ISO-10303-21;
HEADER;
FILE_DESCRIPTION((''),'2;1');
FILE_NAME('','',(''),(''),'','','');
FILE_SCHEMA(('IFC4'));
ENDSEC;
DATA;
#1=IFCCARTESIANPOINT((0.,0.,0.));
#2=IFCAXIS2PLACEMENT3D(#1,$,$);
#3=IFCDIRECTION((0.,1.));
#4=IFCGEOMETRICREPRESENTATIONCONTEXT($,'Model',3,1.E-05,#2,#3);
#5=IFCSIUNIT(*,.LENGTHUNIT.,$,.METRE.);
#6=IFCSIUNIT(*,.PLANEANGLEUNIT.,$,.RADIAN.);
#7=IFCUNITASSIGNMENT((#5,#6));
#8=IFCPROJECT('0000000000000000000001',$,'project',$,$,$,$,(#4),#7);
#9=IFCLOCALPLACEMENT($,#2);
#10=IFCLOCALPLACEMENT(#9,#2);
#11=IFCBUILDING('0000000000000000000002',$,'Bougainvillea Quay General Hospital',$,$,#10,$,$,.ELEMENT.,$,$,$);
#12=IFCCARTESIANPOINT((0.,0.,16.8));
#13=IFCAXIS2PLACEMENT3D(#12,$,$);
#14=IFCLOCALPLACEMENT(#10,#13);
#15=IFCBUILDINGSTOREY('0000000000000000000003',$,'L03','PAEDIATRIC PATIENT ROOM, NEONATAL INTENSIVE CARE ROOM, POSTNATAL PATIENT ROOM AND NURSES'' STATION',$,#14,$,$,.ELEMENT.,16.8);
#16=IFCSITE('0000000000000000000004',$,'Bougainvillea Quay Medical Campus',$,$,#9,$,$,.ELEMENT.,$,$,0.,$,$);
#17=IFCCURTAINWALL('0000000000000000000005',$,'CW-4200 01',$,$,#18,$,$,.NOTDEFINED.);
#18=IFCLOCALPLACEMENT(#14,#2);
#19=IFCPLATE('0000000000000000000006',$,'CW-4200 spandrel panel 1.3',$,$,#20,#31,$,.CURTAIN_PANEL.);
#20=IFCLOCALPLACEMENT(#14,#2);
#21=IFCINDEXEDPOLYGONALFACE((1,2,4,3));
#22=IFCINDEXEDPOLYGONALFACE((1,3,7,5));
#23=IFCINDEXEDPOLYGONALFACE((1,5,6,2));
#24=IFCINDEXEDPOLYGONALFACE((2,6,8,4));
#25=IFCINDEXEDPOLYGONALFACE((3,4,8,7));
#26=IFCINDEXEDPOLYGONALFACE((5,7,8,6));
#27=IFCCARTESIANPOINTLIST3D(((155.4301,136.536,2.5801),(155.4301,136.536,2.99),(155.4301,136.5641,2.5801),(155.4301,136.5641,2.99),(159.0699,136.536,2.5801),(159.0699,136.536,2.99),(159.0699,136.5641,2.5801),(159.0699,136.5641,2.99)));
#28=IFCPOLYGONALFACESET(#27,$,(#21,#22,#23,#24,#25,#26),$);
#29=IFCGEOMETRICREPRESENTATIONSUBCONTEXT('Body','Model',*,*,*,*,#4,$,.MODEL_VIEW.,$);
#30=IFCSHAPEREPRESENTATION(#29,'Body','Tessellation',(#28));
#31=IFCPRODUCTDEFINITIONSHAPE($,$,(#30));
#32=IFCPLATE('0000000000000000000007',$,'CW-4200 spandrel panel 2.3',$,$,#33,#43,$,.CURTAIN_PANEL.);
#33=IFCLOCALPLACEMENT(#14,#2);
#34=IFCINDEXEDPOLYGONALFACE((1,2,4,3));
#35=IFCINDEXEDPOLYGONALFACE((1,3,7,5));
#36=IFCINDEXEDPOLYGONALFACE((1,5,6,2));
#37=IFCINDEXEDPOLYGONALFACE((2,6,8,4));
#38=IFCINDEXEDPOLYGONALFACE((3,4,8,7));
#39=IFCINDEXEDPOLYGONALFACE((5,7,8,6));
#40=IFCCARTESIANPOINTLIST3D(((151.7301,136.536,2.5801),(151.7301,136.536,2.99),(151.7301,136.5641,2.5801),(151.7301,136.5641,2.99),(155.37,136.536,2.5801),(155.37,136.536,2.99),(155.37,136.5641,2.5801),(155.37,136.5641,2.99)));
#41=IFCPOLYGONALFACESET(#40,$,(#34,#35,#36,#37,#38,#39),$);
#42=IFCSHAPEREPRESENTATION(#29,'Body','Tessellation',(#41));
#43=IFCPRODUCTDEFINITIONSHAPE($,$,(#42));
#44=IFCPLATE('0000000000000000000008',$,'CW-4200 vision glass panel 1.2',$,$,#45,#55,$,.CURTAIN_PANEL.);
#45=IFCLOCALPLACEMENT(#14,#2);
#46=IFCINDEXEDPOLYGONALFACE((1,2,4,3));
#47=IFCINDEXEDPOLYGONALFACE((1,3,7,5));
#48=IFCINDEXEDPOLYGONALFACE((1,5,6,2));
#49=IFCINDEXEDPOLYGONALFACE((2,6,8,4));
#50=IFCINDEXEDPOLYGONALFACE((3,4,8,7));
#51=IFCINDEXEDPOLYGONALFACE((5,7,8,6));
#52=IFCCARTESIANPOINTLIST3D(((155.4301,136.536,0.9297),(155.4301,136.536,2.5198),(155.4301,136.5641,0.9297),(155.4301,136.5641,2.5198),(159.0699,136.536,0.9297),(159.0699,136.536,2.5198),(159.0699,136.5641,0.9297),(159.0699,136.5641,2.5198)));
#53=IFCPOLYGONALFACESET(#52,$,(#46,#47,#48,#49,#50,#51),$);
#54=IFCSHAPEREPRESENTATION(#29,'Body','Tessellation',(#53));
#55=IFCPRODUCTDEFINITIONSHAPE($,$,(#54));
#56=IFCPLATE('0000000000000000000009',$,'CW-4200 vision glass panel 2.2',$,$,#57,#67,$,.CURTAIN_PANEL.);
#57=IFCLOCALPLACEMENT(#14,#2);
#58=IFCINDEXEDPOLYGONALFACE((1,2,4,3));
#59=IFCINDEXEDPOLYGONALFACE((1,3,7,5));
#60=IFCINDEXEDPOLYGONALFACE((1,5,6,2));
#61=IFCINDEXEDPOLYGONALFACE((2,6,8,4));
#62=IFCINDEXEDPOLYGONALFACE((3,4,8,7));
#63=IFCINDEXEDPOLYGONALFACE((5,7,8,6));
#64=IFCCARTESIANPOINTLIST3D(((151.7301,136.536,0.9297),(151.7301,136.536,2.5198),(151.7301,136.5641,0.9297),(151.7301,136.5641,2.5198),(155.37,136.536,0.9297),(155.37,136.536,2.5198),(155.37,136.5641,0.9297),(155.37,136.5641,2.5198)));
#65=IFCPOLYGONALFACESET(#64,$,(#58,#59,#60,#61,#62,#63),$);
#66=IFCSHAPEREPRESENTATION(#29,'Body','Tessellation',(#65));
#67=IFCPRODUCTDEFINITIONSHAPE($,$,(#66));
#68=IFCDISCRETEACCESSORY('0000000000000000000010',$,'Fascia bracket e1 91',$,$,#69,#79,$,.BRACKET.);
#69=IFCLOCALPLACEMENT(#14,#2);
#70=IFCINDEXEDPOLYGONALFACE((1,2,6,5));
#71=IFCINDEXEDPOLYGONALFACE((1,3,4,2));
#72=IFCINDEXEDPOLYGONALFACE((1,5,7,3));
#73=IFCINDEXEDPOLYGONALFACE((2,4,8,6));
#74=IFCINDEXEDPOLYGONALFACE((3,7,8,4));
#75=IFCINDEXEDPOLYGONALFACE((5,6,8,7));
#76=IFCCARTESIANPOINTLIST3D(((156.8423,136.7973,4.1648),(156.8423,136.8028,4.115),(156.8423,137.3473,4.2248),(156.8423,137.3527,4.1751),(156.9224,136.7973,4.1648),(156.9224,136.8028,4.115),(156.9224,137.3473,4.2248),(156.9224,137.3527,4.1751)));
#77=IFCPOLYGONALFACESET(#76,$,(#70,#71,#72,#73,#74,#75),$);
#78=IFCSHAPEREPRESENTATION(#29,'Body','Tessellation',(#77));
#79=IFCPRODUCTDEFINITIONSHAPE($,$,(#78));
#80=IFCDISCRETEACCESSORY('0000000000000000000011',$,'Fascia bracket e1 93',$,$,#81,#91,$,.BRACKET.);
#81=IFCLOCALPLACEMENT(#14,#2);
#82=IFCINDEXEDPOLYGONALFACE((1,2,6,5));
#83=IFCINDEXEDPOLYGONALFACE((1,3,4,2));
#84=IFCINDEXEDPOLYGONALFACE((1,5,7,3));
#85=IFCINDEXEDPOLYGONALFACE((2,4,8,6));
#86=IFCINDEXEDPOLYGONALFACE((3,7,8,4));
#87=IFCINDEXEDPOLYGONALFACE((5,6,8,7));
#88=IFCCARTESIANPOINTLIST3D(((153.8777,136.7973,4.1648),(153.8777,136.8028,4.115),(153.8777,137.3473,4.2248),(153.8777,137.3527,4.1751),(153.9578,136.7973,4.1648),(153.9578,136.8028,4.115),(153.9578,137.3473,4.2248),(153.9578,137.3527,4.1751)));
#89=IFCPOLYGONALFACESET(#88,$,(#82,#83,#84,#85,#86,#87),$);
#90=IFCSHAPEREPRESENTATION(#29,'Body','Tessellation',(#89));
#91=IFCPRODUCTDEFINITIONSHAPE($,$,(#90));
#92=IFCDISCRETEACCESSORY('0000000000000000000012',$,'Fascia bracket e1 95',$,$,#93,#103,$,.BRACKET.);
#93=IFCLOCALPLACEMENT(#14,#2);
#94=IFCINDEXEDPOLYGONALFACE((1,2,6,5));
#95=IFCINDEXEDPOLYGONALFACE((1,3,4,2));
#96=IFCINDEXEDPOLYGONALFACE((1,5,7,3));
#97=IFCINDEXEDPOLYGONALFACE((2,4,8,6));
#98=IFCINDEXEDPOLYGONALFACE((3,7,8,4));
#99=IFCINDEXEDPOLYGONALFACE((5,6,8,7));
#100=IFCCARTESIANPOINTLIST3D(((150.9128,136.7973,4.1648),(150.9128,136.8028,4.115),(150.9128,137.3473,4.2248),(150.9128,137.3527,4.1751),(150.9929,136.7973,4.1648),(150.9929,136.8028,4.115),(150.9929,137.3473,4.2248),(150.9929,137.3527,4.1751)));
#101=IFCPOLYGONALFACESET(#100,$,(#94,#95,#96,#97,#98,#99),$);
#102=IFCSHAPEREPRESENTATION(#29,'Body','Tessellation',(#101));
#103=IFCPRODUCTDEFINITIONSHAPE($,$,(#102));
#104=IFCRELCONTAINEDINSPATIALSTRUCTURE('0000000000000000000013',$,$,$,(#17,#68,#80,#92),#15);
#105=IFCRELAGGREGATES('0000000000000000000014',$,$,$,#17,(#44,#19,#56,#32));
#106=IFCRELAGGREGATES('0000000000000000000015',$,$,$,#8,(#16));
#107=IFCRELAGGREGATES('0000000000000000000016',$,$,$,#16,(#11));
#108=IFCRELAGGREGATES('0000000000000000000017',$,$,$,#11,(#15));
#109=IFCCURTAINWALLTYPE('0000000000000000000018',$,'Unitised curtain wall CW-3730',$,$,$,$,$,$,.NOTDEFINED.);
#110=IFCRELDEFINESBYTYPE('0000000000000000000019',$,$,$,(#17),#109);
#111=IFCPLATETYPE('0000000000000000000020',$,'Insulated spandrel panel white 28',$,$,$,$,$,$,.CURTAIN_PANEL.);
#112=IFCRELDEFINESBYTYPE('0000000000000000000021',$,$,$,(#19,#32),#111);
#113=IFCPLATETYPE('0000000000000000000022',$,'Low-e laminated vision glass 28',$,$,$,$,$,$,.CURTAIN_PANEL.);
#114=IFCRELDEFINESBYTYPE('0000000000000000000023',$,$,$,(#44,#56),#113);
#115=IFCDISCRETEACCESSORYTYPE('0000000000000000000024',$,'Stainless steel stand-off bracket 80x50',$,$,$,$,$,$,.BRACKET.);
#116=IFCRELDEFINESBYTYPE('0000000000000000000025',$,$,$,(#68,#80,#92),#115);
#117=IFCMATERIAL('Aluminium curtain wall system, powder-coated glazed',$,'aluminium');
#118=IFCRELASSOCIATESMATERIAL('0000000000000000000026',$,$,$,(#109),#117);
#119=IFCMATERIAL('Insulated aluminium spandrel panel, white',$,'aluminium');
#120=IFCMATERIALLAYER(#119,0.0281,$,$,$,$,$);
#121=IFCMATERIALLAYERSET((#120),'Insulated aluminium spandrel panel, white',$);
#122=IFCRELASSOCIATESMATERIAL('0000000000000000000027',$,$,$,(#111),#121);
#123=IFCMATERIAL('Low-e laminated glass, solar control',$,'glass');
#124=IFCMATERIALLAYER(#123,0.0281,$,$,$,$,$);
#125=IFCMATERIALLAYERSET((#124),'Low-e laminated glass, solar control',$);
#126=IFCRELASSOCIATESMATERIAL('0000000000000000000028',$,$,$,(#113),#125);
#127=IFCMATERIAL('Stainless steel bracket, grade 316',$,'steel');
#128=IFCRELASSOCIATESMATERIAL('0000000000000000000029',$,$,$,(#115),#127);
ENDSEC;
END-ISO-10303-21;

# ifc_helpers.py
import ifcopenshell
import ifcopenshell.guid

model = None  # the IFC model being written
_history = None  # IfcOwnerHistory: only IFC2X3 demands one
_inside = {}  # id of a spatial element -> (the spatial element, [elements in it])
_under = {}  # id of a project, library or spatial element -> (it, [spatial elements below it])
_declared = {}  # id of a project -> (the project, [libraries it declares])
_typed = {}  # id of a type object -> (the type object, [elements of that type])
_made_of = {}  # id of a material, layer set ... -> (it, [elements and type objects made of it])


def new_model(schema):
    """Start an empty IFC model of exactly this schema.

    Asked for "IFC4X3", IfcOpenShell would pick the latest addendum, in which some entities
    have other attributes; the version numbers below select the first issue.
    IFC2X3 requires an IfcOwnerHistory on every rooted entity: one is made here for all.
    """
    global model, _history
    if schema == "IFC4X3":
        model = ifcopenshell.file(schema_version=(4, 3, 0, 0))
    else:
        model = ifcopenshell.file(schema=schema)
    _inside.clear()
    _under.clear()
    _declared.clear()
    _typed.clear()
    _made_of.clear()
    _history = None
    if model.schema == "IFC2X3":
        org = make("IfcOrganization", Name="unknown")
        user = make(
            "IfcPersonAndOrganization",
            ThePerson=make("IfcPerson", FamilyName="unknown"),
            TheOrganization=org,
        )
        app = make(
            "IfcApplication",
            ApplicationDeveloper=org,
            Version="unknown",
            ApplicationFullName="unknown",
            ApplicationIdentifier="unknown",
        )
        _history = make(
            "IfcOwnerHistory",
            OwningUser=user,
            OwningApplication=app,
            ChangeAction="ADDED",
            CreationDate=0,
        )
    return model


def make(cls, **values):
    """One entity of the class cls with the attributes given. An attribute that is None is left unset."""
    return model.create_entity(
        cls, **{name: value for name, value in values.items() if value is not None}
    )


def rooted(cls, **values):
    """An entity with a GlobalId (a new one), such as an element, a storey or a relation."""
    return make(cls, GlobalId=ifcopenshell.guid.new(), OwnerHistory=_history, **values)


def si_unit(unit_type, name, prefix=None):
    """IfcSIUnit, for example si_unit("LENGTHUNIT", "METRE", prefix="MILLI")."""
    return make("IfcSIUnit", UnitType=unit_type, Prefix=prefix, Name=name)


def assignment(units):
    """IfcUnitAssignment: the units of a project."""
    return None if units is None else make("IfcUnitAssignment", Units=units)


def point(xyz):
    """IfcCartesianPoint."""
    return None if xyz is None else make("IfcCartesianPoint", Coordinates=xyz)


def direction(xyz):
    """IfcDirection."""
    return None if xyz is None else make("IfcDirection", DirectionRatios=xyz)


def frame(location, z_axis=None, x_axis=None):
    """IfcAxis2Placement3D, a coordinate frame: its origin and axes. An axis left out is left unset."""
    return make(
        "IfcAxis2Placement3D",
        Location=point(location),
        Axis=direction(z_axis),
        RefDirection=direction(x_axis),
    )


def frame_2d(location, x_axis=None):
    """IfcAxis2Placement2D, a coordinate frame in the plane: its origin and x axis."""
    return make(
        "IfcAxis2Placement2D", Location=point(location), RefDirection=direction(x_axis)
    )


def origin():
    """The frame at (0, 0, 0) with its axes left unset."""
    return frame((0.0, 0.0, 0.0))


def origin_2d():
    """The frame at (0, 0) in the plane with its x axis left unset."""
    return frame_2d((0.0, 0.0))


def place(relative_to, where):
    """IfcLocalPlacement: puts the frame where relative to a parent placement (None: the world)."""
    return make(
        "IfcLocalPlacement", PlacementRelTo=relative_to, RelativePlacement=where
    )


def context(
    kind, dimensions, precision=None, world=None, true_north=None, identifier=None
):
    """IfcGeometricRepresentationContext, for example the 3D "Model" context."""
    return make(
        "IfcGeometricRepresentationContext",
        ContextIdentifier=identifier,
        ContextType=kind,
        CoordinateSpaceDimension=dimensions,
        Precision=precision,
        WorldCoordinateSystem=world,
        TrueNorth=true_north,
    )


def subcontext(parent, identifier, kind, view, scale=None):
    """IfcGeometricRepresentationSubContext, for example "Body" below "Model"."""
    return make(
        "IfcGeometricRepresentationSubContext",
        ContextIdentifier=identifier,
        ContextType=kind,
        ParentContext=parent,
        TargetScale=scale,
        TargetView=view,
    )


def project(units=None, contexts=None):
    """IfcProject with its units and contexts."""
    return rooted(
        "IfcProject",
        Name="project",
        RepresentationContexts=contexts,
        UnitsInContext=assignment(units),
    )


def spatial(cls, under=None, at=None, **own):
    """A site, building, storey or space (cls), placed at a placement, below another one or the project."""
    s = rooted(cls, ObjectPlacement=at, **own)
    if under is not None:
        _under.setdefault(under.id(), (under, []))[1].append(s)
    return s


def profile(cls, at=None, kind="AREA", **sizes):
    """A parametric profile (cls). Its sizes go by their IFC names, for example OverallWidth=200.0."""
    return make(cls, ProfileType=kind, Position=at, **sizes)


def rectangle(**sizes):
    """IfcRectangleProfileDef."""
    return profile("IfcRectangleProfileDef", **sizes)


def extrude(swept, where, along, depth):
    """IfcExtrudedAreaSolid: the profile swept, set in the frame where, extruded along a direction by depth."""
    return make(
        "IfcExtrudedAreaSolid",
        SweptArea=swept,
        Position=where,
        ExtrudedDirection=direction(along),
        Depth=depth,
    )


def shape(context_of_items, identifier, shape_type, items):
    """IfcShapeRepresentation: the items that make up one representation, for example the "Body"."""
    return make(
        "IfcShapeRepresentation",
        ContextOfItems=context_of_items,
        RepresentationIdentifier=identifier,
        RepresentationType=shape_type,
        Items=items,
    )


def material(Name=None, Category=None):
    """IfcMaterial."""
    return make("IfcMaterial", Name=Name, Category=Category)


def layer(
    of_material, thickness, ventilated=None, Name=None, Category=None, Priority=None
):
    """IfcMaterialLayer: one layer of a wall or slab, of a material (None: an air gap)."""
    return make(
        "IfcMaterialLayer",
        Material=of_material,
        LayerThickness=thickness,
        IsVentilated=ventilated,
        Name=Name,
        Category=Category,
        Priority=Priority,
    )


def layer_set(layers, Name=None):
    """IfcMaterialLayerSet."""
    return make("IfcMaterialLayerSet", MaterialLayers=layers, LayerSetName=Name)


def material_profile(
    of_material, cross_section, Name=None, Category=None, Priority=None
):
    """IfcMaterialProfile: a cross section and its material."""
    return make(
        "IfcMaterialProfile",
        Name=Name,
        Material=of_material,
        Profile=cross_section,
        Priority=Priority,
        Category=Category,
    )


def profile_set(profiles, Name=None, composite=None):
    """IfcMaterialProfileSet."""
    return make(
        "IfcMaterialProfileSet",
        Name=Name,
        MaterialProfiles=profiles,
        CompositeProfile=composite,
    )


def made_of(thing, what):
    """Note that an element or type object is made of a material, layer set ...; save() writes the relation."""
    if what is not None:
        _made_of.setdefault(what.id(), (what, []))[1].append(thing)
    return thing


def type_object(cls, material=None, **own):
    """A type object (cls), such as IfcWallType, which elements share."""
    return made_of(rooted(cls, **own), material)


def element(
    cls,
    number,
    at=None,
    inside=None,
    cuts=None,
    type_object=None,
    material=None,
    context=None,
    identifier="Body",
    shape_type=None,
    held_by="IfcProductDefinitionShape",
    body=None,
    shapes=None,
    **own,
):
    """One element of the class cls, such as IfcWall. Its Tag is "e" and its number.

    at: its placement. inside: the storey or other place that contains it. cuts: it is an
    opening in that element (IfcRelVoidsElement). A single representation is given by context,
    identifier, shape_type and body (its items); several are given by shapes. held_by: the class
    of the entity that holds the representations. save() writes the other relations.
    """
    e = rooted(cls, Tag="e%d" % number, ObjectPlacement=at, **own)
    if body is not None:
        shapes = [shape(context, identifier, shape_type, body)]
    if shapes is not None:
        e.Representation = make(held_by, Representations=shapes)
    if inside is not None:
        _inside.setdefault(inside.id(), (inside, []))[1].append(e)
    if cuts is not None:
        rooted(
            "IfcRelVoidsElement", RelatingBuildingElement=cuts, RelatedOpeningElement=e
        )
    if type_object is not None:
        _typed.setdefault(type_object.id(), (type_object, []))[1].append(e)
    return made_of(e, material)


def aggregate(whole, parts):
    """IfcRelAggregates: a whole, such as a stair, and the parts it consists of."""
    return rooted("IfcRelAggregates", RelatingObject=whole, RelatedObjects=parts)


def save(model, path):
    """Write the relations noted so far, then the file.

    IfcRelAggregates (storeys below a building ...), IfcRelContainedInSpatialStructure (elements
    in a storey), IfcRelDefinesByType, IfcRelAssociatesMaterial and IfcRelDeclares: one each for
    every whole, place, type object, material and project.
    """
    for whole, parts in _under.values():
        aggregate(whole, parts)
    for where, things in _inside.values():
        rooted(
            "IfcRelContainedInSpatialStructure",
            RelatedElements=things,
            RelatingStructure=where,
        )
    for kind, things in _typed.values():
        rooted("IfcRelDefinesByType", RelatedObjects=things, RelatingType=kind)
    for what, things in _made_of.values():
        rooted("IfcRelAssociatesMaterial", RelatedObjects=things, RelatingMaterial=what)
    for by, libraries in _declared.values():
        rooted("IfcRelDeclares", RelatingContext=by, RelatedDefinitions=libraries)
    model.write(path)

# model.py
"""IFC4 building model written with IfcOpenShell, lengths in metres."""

from ifc_helpers import new_model, si_unit, direction, frame, origin, origin_2d, place, context, subcontext, project, spatial, rectangle, extrude, material, layer, layer_set, material_profile, profile_set, type_object, element, aggregate, save


model = new_model("IFC4")

# Units and contexts
model_context = context("Model", 3, precision=1e-05, world=origin(), true_north=direction((0.0, 1.0)))
body_context = subcontext(model_context, "Body", "Model", "MODEL_VIEW")
ifc_project = project(units=[si_unit("LENGTHUNIT", "METRE"), si_unit("PLANEANGLEUNIT", "RADIAN")], contexts=[model_context])

# Site, building, storey
site_placement = place(None, origin())
site = spatial("IfcSite", under=ifc_project, at=site_placement, Name="Bougainvillea Quay Medical Campus", CompositionType="ELEMENT", RefElevation=0.0)
building_placement = place(site_placement, origin())
building = spatial("IfcBuilding", under=site, at=building_placement, Name="Bougainvillea Quay General Hospital", CompositionType="ELEMENT")
storey_placement = place(building_placement, frame((0.0, 0.0, 16.8)))
storey = spatial("IfcBuildingStorey", under=building, at=storey_placement, Name="L03", Description="PAEDIATRIC PATIENT ROOM, NEONATAL INTENSIVE CARE ROOM, POSTNATAL PATIENT ROOM AND NURSES' STATION", CompositionType="ELEMENT", Elevation=16.8)

# Curtain wall
ifc_material_1 = material(Name="Aluminium curtain wall system, powder-coated glazed", Category="aluminium")
curtain_wall_type = type_object("IfcCurtainWallType", Name="Unitised curtain wall CW-3730", PredefinedType="NOTDEFINED", material=ifc_material_1)
curtain_wall_placement = place(storey_placement, origin())
curtain_wall = element("IfcCurtainWall", 1, at=curtain_wall_placement, inside=storey, type_object=curtain_wall_type, Name="CW-4200 01", PredefinedType="NOTDEFINED")

# Plates
ifc_material_2 = material(Name="Insulated aluminium spandrel panel, white", Category="aluminium")
ifc_layer_1 = layer(ifc_material_2, 0.0281)
ifc_layer_set_1 = layer_set([ifc_layer_1], Name="Insulated aluminium spandrel panel, white")
plate_type_1 = type_object("IfcPlateType", Name="Insulated spandrel panel white 28", PredefinedType="CURTAIN_PANEL", material=ifc_layer_set_1)
plate_1_placement = place(storey_placement, frame((157.25, 136.55, 2.5801), z_axis=(0.0, 0.0, 1.0), x_axis=(-1.0, 0.0, 0.0)))
plate_1 = element("IfcPlate", 2, at=plate_1_placement, type_object=plate_type_1, Name="CW-4200 spandrel panel 1.3", PredefinedType="CURTAIN_PANEL", context=body_context, shape_type="SweptSolid", body=[
    extrude(rectangle(XDim=3.6399, YDim=0.0281, at=origin_2d()), origin(), (0.0, 0.0, 1.0), 0.4099),
])
plate_2_placement = place(storey_placement, frame((153.55, 136.55, 2.5801), z_axis=(0.0, 0.0, 1.0), x_axis=(-1.0, 0.0, 0.0)))
plate_2 = element("IfcPlate", 3, at=plate_2_placement, type_object=plate_type_1, Name="CW-4200 spandrel panel 2.3", PredefinedType="CURTAIN_PANEL", context=body_context, shape_type="SweptSolid", body=[
    extrude(rectangle(XDim=3.6399, YDim=0.0281, at=origin_2d()), origin(), (0.0, 0.0, 1.0), 0.4099),
])
ifc_material_3 = material(Name="Low-e laminated glass, solar control", Category="glass")
ifc_layer_2 = layer(ifc_material_3, 0.0281)
ifc_layer_set_2 = layer_set([ifc_layer_2], Name="Low-e laminated glass, solar control")
plate_type_2 = type_object("IfcPlateType", Name="Low-e laminated vision glass 28", PredefinedType="CURTAIN_PANEL", material=ifc_layer_set_2)
plate_3_placement = place(storey_placement, frame((157.25, 136.55, 0.9297), z_axis=(0.0, 0.0, 1.0), x_axis=(-1.0, 0.0, 0.0)))
plate_3 = element("IfcPlate", 4, at=plate_3_placement, type_object=plate_type_2, Name="CW-4200 vision glass panel 1.2", PredefinedType="CURTAIN_PANEL", context=body_context, shape_type="SweptSolid", body=[
    extrude(rectangle(XDim=3.6399, YDim=0.0281, at=origin_2d()), origin(), (0.0, 0.0, 1.0), 1.5901),
])
plate_4_placement = place(storey_placement, frame((153.55, 136.55, 0.9297), z_axis=(0.0, 0.0, 1.0), x_axis=(-1.0, 0.0, 0.0)))
plate_4 = element("IfcPlate", 5, at=plate_4_placement, type_object=plate_type_2, Name="CW-4200 vision glass panel 2.2", PredefinedType="CURTAIN_PANEL", context=body_context, shape_type="SweptSolid", body=[
    extrude(rectangle(XDim=3.6399, YDim=0.0281, at=origin_2d()), origin(), (0.0, 0.0, 1.0), 1.5901),
])
aggregate(curtain_wall, [plate_3, plate_1, plate_4, plate_2])

# Discrete accessories
ifc_material_4 = material(Name="Stainless steel bracket, grade 316", Category="steel")
ifc_material_profile_1 = material_profile(ifc_material_4, rectangle(XDim=0.0801, YDim=0.05, at=origin_2d()))
ifc_profile_set_1 = profile_set([ifc_material_profile_1], Name="Stainless steel bracket, grade 316")
discrete_accessory_type = type_object("IfcDiscreteAccessoryType", Name="Stainless steel stand-off bracket 80x50", PredefinedType="BRACKET", material=ifc_profile_set_1)
for number, where, z_axis, x_axis, name in (
    (6, (156.8823, 136.8, 4.1399), (0.0, 0.994092, 0.108543), (-1.0, 0.0, 0.0), "Fascia bracket e1 91"),
    (7, (153.9177, 136.8, 4.1399), (0.0, 0.994092, 0.108543), (-1.0, 0.0, 0.0), "Fascia bracket e1 93"),
    (8, (150.9529, 136.8, 4.1399), (0.0, 0.994092, 0.108543), (-1.0, 0.0, 0.0), "Fascia bracket e1 95"),
):
    element("IfcDiscreteAccessory", number, at=place(storey_placement, frame(where, z_axis=z_axis, x_axis=x_axis)), inside=storey, type_object=discrete_accessory_type, Name=name, PredefinedType="BRACKET", context=body_context, shape_type="SweptSolid", body=[
        extrude(rectangle(XDim=0.0801, YDim=0.05, at=origin_2d()), origin(), (0.0, 0.0, 1.0), 0.5532),
    ])

save(model, "model.ifc")
